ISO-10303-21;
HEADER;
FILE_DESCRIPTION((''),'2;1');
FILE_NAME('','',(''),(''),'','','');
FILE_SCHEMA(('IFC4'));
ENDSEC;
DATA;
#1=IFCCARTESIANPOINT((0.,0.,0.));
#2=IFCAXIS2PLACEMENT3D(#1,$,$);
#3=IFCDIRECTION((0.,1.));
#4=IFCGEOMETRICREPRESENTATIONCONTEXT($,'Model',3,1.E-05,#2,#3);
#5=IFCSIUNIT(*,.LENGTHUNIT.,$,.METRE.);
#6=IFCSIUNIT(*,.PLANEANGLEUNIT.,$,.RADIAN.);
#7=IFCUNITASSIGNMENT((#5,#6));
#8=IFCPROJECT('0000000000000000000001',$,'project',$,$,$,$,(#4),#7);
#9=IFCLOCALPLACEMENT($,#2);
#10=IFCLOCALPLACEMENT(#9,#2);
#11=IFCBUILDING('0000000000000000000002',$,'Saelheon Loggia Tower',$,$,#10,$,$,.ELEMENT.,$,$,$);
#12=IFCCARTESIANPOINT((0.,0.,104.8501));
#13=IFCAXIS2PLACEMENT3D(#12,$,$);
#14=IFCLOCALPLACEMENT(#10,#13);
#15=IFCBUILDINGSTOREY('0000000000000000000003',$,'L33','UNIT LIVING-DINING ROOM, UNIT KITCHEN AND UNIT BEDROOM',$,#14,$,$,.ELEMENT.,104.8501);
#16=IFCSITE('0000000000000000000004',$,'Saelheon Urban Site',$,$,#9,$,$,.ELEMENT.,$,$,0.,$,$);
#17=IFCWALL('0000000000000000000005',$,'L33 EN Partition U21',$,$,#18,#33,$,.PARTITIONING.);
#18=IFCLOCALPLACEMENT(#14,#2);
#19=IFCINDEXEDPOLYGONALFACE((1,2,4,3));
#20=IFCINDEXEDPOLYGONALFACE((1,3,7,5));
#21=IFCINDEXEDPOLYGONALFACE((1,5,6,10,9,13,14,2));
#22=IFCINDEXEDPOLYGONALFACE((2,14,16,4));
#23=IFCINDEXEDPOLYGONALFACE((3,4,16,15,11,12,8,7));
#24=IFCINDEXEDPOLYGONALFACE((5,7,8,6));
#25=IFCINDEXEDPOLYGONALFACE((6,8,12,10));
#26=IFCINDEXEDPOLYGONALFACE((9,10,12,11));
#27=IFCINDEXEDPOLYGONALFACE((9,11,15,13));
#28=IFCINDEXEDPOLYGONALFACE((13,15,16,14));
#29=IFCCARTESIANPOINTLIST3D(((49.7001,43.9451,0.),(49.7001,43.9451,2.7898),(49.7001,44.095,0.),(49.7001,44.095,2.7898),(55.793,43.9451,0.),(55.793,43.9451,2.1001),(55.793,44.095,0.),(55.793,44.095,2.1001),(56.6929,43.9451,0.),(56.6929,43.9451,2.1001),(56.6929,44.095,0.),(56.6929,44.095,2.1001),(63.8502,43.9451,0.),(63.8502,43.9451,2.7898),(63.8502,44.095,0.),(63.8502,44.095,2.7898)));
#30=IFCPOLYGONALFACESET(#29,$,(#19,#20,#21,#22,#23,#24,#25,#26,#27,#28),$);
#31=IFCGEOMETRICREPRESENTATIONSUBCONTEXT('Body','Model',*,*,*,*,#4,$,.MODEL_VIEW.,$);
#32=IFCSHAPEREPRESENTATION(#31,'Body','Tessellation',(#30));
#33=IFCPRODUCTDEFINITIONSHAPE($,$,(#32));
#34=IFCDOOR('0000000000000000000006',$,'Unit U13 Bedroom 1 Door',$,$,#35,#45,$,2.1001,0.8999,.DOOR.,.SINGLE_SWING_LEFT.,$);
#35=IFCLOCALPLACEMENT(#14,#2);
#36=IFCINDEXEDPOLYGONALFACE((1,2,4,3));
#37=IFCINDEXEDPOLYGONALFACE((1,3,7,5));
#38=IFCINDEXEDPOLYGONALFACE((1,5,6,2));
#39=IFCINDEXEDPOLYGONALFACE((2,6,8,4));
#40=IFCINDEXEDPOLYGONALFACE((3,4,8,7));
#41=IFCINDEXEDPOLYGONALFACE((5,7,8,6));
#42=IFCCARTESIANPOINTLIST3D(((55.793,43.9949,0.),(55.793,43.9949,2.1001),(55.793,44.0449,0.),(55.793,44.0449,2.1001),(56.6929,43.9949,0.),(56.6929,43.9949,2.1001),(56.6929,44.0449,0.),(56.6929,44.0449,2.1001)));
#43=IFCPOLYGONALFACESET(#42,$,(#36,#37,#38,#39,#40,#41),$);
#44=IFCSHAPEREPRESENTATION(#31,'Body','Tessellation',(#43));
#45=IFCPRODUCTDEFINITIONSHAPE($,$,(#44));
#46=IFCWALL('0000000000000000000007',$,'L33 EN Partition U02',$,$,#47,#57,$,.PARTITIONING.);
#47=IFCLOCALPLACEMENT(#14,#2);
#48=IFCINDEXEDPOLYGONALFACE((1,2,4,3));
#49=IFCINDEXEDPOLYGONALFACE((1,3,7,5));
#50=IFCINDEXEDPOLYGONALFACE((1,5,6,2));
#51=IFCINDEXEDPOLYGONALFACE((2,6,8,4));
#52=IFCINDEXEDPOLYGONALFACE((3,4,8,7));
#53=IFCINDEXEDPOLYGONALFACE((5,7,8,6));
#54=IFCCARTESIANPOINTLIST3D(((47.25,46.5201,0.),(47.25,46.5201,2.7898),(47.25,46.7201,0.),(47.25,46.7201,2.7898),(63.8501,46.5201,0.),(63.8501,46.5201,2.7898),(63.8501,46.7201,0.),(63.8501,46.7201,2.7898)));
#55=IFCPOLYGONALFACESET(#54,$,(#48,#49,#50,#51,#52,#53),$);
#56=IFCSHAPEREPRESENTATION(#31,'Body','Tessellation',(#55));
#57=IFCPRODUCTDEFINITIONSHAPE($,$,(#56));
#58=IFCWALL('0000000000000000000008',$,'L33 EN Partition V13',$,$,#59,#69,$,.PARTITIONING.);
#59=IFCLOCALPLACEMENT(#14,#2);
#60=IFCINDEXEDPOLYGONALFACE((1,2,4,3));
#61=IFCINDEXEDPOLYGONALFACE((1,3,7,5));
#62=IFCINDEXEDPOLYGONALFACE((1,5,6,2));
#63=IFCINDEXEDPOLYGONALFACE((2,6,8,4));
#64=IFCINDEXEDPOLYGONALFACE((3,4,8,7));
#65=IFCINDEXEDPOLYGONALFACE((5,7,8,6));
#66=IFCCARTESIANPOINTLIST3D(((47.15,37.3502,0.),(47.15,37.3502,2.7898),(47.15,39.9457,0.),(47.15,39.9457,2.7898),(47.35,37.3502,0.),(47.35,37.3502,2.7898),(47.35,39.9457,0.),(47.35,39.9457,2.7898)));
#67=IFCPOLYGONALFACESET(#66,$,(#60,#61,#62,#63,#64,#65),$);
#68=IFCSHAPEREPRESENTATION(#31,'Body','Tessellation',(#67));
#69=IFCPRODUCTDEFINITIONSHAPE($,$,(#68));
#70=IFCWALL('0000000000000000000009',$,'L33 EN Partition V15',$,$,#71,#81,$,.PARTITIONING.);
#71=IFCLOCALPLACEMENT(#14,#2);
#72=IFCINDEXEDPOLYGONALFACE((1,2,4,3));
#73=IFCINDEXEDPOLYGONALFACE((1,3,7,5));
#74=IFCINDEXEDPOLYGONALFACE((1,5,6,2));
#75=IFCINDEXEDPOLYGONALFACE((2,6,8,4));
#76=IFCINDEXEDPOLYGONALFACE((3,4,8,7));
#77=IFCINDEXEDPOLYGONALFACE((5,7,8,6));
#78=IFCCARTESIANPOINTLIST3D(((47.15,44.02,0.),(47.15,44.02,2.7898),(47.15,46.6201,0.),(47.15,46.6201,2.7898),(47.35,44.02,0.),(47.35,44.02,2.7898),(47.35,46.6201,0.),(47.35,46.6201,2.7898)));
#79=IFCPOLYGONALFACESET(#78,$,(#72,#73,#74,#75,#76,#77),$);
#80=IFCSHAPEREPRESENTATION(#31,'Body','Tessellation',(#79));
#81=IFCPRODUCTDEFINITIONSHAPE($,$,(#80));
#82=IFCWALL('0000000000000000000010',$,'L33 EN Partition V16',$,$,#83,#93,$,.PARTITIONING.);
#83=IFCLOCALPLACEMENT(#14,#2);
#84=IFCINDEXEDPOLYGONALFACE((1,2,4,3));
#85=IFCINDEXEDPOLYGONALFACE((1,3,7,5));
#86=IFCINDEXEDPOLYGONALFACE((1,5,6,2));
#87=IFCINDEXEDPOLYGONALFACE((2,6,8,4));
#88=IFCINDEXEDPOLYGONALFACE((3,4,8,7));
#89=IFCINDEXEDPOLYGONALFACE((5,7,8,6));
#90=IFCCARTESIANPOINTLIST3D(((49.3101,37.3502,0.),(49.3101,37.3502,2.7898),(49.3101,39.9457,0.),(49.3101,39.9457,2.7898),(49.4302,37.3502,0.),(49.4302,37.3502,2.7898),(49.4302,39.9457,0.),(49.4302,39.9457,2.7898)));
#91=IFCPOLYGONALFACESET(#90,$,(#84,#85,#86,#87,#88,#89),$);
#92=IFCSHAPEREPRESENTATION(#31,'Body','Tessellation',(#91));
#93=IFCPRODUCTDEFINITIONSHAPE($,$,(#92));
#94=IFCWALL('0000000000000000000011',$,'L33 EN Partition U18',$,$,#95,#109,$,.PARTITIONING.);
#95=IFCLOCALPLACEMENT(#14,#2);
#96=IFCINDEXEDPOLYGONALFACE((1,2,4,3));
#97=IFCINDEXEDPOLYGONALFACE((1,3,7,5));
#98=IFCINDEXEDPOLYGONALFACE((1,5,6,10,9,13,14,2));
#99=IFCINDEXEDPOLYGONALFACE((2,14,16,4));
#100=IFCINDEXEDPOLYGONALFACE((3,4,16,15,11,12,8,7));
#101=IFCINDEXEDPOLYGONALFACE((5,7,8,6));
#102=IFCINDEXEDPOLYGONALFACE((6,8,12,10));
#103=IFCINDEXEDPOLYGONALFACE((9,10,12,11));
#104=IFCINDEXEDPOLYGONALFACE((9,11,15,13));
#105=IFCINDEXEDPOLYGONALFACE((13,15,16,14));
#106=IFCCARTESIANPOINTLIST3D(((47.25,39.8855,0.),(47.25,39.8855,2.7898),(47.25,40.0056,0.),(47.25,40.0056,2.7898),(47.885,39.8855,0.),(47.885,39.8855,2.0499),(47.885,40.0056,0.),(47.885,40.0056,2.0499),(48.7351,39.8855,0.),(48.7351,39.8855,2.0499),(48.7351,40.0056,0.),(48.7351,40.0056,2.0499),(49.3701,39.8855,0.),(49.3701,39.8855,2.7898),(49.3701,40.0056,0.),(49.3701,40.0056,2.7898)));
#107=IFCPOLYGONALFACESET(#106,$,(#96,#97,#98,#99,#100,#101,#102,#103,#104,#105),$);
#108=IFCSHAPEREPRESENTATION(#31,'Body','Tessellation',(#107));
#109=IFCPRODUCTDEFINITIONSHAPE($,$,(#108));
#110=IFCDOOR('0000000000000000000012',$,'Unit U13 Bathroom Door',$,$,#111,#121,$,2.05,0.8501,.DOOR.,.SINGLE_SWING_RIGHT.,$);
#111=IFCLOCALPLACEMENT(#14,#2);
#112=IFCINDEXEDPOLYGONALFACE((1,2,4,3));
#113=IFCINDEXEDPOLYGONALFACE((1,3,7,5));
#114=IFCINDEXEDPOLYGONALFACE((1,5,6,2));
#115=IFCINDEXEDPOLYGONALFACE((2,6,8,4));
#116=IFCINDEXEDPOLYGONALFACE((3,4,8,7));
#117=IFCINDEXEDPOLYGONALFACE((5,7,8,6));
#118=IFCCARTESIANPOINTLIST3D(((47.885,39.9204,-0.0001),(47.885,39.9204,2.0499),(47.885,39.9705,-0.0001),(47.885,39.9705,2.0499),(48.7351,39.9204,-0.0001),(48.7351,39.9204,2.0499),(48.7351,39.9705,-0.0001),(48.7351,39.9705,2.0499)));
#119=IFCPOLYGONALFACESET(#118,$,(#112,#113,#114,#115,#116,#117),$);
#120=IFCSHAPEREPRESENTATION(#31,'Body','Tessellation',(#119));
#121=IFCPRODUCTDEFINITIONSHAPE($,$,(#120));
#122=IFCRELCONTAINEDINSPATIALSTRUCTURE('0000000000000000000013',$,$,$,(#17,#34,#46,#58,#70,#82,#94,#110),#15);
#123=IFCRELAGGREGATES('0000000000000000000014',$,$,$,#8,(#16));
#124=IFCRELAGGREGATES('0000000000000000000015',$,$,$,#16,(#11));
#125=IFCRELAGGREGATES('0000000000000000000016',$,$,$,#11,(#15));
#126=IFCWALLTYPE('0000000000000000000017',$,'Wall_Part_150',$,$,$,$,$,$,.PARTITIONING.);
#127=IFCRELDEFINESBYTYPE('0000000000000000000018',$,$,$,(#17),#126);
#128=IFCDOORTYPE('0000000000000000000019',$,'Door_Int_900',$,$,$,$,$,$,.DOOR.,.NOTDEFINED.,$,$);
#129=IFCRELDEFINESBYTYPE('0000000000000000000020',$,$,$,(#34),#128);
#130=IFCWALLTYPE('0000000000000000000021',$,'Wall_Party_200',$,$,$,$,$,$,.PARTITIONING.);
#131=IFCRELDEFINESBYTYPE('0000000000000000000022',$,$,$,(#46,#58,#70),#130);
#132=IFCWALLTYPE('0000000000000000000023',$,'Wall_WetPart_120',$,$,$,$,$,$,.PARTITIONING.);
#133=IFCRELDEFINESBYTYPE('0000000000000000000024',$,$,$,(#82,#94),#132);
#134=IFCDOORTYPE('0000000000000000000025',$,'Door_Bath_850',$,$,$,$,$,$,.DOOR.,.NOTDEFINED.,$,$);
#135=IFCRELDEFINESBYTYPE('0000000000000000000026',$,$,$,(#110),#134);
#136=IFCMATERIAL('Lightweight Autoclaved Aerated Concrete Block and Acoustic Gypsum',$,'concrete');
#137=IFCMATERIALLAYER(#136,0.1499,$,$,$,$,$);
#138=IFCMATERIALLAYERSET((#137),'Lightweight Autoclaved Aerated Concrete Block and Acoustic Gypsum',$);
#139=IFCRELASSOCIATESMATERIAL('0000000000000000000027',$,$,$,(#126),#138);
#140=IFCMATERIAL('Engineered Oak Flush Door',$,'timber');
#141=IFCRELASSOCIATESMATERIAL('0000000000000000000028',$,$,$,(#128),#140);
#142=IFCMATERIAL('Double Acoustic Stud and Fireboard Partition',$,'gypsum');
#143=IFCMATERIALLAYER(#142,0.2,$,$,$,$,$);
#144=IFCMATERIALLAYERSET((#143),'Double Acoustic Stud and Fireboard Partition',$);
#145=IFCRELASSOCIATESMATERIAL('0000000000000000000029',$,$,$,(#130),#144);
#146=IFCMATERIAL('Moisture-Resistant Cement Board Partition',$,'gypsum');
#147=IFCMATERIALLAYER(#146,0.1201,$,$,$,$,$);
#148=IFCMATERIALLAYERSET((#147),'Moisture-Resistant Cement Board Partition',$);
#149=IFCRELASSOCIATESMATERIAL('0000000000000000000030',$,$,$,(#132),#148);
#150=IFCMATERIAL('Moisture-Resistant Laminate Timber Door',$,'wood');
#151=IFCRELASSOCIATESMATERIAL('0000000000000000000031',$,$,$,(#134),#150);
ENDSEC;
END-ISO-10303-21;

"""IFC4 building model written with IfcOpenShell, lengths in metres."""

from ifc_helpers import new_model, si_unit, direction, frame, frame_2d, origin, place, context, subcontext, project, spatial, rectangle, extrude, source, transform, mapped, material, layer, layer_set, type_object, element, fill, save


model = new_model("IFC4")

# Units and contexts
model_context = context("Model", 3, precision=1e-05, world=origin(), true_north=direction((0.0, 1.0)))
body_context = subcontext(model_context, "Body", "Model", "MODEL_VIEW")
ifc_project = project(units=[si_unit("LENGTHUNIT", "METRE"), si_unit("PLANEANGLEUNIT", "RADIAN")], contexts=[model_context])

# Site, building, storey
site_placement = place(None, origin())
site = spatial("IfcSite", under=ifc_project, at=site_placement, Name="Saelheon Urban Site", CompositionType="ELEMENT", RefElevation=0.0)
building_placement = place(site_placement, origin())
building = spatial("IfcBuilding", under=site, at=building_placement, Name="Saelheon Loggia Tower", CompositionType="ELEMENT")
storey_placement = place(building_placement, frame((0.0, 0.0, 104.8501)))
storey = spatial("IfcBuildingStorey", under=building, at=storey_placement, Name="L33", Description="UNIT LIVING-DINING ROOM, UNIT KITCHEN AND UNIT BEDROOM", CompositionType="ELEMENT", Elevation=104.8501)

# Shared definitions
ifc_material_1 = material(Name="Lightweight Autoclaved Aerated Concrete Block and Acoustic Gypsum", Category="concrete")
ifc_layer_1 = layer(ifc_material_1, 0.1499)
ifc_layer_set_1 = layer_set([ifc_layer_1], Name="Lightweight Autoclaved Aerated Concrete Block and Acoustic Gypsum")
wall_type_1 = type_object("IfcWallType", Name="Wall_Part_150", PredefinedType="PARTITIONING", material=ifc_layer_set_1)

# Wall, opening, door
ifc_material_2 = material(Name="Engineered Oak Flush Door", Category="timber")
door_type_1 = type_object("IfcDoorType", Name="Door_Int_900", OperationType="NOTDEFINED", PredefinedType="DOOR", material=ifc_material_2)
shared_shape_1 = source(origin(), body_context, "Body", "SweptSolid", [
    extrude(rectangle(XDim=0.8999, YDim=2.1001, at=frame_2d((0.45, 1.05))), frame((0.0, 0.0249, 0.0), z_axis=(0.0, -1.0, 0.0), x_axis=(1.0, 0.0, 0.0)), (0.0, 0.0, 1.0), 0.05),
])
wall_1_placement = place(storey_placement, frame((49.7, 44.02, 0.0), z_axis=(0.0, 0.0, 1.0), x_axis=(1.0, 0.0, 0.0)))
wall_1 = element("IfcWall", 1, at=wall_1_placement, inside=storey, type_object=wall_type_1, Name="L33 EN Partition U21", PredefinedType="PARTITIONING", context=body_context, shape_type="SweptSolid", body=[
    extrude(rectangle(XDim=14.1501, YDim=0.1499, at=frame_2d((7.0752, 0.0))), origin(), (0.0, 0.0, 1.0), 2.7898),
])
opening_1_placement = place(wall_1_placement, frame((6.093, 0.0, 0.0)))
opening_1 = element("IfcOpeningElement", 2, at=opening_1_placement, cuts=wall_1, PredefinedType="OPENING", context=body_context, shape_type="SweptSolid", body=[
    extrude(rectangle(XDim=0.8999, YDim=2.1001, at=frame_2d((0.45, 1.05))), frame((0.0, 0.0869, 0.0), z_axis=(0.0, -1.0, 0.0), x_axis=(1.0, 0.0, 0.0)), (0.0, 0.0, 1.0), 0.1738),
])
door_1_placement = place(opening_1_placement, origin())
door_1 = element("IfcDoor", 3, at=door_1_placement, inside=storey, type_object=door_type_1, Name="Unit U13 Bedroom 1 Door", OperationType="SINGLE_SWING_LEFT", OverallHeight=2.1001, OverallWidth=0.8999, PredefinedType="DOOR", context=body_context, shape_type="MappedRepresentation", body=[
    mapped(shared_shape_1, transform((0.0, 0.0, 0.0), scale=1.0)),
])
fill(opening_1, door_1)

# Walls
ifc_material_3 = material(Name="Double Acoustic Stud and Fireboard Partition", Category="gypsum")
ifc_layer_2 = layer(ifc_material_3, 0.2)
ifc_layer_set_2 = layer_set([ifc_layer_2], Name="Double Acoustic Stud and Fireboard Partition")
wall_type_2 = type_object("IfcWallType", Name="Wall_Party_200", PredefinedType="PARTITIONING", material=ifc_layer_set_2)
wall_2_placement = place(storey_placement, frame((47.25, 46.6201, 0.0), z_axis=(0.0, 0.0, 1.0), x_axis=(1.0, 0.0, 0.0)))
element("IfcWall", 4, at=wall_2_placement, inside=storey, type_object=wall_type_2, Name="L33 EN Partition U02", PredefinedType="PARTITIONING", context=body_context, shape_type="SweptSolid", body=[
    extrude(rectangle(XDim=16.6001, YDim=0.2, at=frame_2d((8.3, 0.0))), origin(), (0.0, 0.0, 1.0), 2.7898),
])
wall_3_placement = place(storey_placement, frame((47.25, 37.3501, 0.0), z_axis=(0.0, 0.0, 1.0), x_axis=(0.0, 1.0, 0.0)))
element("IfcWall", 5, at=wall_3_placement, inside=storey, type_object=wall_type_2, Name="L33 EN Partition V13", PredefinedType="PARTITIONING", context=body_context, shape_type="SweptSolid", body=[
    extrude(rectangle(XDim=2.5955, YDim=0.2, at=frame_2d((1.2979, 0.0))), origin(), (0.0, 0.0, 1.0), 2.7898),
])

# Walls
wall_4_placement = place(storey_placement, frame((47.25, 44.02, 0.0), z_axis=(0.0, 0.0, 1.0), x_axis=(0.0, 1.0, 0.0)))
element("IfcWall", 6, at=wall_4_placement, inside=storey, type_object=wall_type_2, Name="L33 EN Partition V15", PredefinedType="PARTITIONING", context=body_context, shape_type="SweptSolid", body=[
    extrude(rectangle(XDim=2.6001, YDim=0.2, at=frame_2d((1.3, 0.0))), origin(), (0.0, 0.0, 1.0), 2.7898),
])
ifc_material_4 = material(Name="Moisture-Resistant Cement Board Partition", Category="gypsum")
ifc_layer_3 = layer(ifc_material_4, 0.1201)
ifc_layer_set_3 = layer_set([ifc_layer_3], Name="Moisture-Resistant Cement Board Partition")
wall_type_3 = type_object("IfcWallType", Name="Wall_WetPart_120", PredefinedType="PARTITIONING", material=ifc_layer_set_3)
wall_5_placement = place(storey_placement, frame((49.3701, 37.3501, 0.0), z_axis=(0.0, 0.0, 1.0), x_axis=(0.0, 1.0, 0.0)))
element("IfcWall", 7, at=wall_5_placement, inside=storey, type_object=wall_type_3, Name="L33 EN Partition V16", PredefinedType="PARTITIONING", context=body_context, shape_type="SweptSolid", body=[
    extrude(rectangle(XDim=2.5955, YDim=0.1201, at=frame_2d((1.2979, 0.0))), origin(), (0.0, 0.0, 1.0), 2.7898),
])

# Wall, opening, door
wall_6_placement = place(storey_placement, frame((47.25, 39.9456, 0.0), z_axis=(0.0, 0.0, 1.0), x_axis=(1.0, 0.0, 0.0)))
wall_6 = element("IfcWall", 8, at=wall_6_placement, inside=storey, type_object=wall_type_3, Name="L33 EN Partition U18", PredefinedType="PARTITIONING", context=body_context, shape_type="SweptSolid", body=[
    extrude(rectangle(XDim=2.1201, YDim=0.1201, at=frame_2d((1.0601, 0.0))), origin(), (0.0, 0.0, 1.0), 2.7898),
])
opening_2_placement = place(wall_6_placement, frame((0.635, 0.0, 0.0)))
opening_2 = element("IfcOpeningElement", 9, at=opening_2_placement, cuts=wall_6, PredefinedType="OPENING", context=body_context, shape_type="SweptSolid", body=[
    extrude(rectangle(XDim=0.8501, YDim=2.05, at=frame_2d((0.425, 1.0249))), frame((0.0, 0.072, 0.0), z_axis=(0.0, -1.0, 0.0), x_axis=(1.0, 0.0, 0.0)), (0.0, 0.0, 1.0), 0.144),
])
ifc_material_5 = material(Name="Moisture-Resistant Laminate Timber Door", Category="wood")
door_type_2 = type_object("IfcDoorType", Name="Door_Bath_850", OperationType="NOTDEFINED", PredefinedType="DOOR", material=ifc_material_5)
shared_shape_2 = source(origin(), body_context, "Body", "SweptSolid", [
    extrude(rectangle(XDim=0.8501, YDim=2.05, at=frame_2d((0.425, 1.0249))), frame((0.0, 0.0249, 0.0), z_axis=(0.0, -1.0, 0.0), x_axis=(1.0, 0.0, 0.0)), (0.0, 0.0, 1.0), 0.05),
])
door_2_placement = place(opening_2_placement, origin())
door_2 = element("IfcDoor", 10, at=door_2_placement, inside=storey, type_object=door_type_2, Name="Unit U13 Bathroom Door", OperationType="SINGLE_SWING_RIGHT", OverallHeight=2.05, OverallWidth=0.8501, PredefinedType="DOOR", context=body_context, shape_type="MappedRepresentation", body=[
    mapped(shared_shape_2, transform((0.0, 0.0, 0.0), scale=1.0)),
])
fill(opening_2, door_2)

save(model, "model.ifc")
